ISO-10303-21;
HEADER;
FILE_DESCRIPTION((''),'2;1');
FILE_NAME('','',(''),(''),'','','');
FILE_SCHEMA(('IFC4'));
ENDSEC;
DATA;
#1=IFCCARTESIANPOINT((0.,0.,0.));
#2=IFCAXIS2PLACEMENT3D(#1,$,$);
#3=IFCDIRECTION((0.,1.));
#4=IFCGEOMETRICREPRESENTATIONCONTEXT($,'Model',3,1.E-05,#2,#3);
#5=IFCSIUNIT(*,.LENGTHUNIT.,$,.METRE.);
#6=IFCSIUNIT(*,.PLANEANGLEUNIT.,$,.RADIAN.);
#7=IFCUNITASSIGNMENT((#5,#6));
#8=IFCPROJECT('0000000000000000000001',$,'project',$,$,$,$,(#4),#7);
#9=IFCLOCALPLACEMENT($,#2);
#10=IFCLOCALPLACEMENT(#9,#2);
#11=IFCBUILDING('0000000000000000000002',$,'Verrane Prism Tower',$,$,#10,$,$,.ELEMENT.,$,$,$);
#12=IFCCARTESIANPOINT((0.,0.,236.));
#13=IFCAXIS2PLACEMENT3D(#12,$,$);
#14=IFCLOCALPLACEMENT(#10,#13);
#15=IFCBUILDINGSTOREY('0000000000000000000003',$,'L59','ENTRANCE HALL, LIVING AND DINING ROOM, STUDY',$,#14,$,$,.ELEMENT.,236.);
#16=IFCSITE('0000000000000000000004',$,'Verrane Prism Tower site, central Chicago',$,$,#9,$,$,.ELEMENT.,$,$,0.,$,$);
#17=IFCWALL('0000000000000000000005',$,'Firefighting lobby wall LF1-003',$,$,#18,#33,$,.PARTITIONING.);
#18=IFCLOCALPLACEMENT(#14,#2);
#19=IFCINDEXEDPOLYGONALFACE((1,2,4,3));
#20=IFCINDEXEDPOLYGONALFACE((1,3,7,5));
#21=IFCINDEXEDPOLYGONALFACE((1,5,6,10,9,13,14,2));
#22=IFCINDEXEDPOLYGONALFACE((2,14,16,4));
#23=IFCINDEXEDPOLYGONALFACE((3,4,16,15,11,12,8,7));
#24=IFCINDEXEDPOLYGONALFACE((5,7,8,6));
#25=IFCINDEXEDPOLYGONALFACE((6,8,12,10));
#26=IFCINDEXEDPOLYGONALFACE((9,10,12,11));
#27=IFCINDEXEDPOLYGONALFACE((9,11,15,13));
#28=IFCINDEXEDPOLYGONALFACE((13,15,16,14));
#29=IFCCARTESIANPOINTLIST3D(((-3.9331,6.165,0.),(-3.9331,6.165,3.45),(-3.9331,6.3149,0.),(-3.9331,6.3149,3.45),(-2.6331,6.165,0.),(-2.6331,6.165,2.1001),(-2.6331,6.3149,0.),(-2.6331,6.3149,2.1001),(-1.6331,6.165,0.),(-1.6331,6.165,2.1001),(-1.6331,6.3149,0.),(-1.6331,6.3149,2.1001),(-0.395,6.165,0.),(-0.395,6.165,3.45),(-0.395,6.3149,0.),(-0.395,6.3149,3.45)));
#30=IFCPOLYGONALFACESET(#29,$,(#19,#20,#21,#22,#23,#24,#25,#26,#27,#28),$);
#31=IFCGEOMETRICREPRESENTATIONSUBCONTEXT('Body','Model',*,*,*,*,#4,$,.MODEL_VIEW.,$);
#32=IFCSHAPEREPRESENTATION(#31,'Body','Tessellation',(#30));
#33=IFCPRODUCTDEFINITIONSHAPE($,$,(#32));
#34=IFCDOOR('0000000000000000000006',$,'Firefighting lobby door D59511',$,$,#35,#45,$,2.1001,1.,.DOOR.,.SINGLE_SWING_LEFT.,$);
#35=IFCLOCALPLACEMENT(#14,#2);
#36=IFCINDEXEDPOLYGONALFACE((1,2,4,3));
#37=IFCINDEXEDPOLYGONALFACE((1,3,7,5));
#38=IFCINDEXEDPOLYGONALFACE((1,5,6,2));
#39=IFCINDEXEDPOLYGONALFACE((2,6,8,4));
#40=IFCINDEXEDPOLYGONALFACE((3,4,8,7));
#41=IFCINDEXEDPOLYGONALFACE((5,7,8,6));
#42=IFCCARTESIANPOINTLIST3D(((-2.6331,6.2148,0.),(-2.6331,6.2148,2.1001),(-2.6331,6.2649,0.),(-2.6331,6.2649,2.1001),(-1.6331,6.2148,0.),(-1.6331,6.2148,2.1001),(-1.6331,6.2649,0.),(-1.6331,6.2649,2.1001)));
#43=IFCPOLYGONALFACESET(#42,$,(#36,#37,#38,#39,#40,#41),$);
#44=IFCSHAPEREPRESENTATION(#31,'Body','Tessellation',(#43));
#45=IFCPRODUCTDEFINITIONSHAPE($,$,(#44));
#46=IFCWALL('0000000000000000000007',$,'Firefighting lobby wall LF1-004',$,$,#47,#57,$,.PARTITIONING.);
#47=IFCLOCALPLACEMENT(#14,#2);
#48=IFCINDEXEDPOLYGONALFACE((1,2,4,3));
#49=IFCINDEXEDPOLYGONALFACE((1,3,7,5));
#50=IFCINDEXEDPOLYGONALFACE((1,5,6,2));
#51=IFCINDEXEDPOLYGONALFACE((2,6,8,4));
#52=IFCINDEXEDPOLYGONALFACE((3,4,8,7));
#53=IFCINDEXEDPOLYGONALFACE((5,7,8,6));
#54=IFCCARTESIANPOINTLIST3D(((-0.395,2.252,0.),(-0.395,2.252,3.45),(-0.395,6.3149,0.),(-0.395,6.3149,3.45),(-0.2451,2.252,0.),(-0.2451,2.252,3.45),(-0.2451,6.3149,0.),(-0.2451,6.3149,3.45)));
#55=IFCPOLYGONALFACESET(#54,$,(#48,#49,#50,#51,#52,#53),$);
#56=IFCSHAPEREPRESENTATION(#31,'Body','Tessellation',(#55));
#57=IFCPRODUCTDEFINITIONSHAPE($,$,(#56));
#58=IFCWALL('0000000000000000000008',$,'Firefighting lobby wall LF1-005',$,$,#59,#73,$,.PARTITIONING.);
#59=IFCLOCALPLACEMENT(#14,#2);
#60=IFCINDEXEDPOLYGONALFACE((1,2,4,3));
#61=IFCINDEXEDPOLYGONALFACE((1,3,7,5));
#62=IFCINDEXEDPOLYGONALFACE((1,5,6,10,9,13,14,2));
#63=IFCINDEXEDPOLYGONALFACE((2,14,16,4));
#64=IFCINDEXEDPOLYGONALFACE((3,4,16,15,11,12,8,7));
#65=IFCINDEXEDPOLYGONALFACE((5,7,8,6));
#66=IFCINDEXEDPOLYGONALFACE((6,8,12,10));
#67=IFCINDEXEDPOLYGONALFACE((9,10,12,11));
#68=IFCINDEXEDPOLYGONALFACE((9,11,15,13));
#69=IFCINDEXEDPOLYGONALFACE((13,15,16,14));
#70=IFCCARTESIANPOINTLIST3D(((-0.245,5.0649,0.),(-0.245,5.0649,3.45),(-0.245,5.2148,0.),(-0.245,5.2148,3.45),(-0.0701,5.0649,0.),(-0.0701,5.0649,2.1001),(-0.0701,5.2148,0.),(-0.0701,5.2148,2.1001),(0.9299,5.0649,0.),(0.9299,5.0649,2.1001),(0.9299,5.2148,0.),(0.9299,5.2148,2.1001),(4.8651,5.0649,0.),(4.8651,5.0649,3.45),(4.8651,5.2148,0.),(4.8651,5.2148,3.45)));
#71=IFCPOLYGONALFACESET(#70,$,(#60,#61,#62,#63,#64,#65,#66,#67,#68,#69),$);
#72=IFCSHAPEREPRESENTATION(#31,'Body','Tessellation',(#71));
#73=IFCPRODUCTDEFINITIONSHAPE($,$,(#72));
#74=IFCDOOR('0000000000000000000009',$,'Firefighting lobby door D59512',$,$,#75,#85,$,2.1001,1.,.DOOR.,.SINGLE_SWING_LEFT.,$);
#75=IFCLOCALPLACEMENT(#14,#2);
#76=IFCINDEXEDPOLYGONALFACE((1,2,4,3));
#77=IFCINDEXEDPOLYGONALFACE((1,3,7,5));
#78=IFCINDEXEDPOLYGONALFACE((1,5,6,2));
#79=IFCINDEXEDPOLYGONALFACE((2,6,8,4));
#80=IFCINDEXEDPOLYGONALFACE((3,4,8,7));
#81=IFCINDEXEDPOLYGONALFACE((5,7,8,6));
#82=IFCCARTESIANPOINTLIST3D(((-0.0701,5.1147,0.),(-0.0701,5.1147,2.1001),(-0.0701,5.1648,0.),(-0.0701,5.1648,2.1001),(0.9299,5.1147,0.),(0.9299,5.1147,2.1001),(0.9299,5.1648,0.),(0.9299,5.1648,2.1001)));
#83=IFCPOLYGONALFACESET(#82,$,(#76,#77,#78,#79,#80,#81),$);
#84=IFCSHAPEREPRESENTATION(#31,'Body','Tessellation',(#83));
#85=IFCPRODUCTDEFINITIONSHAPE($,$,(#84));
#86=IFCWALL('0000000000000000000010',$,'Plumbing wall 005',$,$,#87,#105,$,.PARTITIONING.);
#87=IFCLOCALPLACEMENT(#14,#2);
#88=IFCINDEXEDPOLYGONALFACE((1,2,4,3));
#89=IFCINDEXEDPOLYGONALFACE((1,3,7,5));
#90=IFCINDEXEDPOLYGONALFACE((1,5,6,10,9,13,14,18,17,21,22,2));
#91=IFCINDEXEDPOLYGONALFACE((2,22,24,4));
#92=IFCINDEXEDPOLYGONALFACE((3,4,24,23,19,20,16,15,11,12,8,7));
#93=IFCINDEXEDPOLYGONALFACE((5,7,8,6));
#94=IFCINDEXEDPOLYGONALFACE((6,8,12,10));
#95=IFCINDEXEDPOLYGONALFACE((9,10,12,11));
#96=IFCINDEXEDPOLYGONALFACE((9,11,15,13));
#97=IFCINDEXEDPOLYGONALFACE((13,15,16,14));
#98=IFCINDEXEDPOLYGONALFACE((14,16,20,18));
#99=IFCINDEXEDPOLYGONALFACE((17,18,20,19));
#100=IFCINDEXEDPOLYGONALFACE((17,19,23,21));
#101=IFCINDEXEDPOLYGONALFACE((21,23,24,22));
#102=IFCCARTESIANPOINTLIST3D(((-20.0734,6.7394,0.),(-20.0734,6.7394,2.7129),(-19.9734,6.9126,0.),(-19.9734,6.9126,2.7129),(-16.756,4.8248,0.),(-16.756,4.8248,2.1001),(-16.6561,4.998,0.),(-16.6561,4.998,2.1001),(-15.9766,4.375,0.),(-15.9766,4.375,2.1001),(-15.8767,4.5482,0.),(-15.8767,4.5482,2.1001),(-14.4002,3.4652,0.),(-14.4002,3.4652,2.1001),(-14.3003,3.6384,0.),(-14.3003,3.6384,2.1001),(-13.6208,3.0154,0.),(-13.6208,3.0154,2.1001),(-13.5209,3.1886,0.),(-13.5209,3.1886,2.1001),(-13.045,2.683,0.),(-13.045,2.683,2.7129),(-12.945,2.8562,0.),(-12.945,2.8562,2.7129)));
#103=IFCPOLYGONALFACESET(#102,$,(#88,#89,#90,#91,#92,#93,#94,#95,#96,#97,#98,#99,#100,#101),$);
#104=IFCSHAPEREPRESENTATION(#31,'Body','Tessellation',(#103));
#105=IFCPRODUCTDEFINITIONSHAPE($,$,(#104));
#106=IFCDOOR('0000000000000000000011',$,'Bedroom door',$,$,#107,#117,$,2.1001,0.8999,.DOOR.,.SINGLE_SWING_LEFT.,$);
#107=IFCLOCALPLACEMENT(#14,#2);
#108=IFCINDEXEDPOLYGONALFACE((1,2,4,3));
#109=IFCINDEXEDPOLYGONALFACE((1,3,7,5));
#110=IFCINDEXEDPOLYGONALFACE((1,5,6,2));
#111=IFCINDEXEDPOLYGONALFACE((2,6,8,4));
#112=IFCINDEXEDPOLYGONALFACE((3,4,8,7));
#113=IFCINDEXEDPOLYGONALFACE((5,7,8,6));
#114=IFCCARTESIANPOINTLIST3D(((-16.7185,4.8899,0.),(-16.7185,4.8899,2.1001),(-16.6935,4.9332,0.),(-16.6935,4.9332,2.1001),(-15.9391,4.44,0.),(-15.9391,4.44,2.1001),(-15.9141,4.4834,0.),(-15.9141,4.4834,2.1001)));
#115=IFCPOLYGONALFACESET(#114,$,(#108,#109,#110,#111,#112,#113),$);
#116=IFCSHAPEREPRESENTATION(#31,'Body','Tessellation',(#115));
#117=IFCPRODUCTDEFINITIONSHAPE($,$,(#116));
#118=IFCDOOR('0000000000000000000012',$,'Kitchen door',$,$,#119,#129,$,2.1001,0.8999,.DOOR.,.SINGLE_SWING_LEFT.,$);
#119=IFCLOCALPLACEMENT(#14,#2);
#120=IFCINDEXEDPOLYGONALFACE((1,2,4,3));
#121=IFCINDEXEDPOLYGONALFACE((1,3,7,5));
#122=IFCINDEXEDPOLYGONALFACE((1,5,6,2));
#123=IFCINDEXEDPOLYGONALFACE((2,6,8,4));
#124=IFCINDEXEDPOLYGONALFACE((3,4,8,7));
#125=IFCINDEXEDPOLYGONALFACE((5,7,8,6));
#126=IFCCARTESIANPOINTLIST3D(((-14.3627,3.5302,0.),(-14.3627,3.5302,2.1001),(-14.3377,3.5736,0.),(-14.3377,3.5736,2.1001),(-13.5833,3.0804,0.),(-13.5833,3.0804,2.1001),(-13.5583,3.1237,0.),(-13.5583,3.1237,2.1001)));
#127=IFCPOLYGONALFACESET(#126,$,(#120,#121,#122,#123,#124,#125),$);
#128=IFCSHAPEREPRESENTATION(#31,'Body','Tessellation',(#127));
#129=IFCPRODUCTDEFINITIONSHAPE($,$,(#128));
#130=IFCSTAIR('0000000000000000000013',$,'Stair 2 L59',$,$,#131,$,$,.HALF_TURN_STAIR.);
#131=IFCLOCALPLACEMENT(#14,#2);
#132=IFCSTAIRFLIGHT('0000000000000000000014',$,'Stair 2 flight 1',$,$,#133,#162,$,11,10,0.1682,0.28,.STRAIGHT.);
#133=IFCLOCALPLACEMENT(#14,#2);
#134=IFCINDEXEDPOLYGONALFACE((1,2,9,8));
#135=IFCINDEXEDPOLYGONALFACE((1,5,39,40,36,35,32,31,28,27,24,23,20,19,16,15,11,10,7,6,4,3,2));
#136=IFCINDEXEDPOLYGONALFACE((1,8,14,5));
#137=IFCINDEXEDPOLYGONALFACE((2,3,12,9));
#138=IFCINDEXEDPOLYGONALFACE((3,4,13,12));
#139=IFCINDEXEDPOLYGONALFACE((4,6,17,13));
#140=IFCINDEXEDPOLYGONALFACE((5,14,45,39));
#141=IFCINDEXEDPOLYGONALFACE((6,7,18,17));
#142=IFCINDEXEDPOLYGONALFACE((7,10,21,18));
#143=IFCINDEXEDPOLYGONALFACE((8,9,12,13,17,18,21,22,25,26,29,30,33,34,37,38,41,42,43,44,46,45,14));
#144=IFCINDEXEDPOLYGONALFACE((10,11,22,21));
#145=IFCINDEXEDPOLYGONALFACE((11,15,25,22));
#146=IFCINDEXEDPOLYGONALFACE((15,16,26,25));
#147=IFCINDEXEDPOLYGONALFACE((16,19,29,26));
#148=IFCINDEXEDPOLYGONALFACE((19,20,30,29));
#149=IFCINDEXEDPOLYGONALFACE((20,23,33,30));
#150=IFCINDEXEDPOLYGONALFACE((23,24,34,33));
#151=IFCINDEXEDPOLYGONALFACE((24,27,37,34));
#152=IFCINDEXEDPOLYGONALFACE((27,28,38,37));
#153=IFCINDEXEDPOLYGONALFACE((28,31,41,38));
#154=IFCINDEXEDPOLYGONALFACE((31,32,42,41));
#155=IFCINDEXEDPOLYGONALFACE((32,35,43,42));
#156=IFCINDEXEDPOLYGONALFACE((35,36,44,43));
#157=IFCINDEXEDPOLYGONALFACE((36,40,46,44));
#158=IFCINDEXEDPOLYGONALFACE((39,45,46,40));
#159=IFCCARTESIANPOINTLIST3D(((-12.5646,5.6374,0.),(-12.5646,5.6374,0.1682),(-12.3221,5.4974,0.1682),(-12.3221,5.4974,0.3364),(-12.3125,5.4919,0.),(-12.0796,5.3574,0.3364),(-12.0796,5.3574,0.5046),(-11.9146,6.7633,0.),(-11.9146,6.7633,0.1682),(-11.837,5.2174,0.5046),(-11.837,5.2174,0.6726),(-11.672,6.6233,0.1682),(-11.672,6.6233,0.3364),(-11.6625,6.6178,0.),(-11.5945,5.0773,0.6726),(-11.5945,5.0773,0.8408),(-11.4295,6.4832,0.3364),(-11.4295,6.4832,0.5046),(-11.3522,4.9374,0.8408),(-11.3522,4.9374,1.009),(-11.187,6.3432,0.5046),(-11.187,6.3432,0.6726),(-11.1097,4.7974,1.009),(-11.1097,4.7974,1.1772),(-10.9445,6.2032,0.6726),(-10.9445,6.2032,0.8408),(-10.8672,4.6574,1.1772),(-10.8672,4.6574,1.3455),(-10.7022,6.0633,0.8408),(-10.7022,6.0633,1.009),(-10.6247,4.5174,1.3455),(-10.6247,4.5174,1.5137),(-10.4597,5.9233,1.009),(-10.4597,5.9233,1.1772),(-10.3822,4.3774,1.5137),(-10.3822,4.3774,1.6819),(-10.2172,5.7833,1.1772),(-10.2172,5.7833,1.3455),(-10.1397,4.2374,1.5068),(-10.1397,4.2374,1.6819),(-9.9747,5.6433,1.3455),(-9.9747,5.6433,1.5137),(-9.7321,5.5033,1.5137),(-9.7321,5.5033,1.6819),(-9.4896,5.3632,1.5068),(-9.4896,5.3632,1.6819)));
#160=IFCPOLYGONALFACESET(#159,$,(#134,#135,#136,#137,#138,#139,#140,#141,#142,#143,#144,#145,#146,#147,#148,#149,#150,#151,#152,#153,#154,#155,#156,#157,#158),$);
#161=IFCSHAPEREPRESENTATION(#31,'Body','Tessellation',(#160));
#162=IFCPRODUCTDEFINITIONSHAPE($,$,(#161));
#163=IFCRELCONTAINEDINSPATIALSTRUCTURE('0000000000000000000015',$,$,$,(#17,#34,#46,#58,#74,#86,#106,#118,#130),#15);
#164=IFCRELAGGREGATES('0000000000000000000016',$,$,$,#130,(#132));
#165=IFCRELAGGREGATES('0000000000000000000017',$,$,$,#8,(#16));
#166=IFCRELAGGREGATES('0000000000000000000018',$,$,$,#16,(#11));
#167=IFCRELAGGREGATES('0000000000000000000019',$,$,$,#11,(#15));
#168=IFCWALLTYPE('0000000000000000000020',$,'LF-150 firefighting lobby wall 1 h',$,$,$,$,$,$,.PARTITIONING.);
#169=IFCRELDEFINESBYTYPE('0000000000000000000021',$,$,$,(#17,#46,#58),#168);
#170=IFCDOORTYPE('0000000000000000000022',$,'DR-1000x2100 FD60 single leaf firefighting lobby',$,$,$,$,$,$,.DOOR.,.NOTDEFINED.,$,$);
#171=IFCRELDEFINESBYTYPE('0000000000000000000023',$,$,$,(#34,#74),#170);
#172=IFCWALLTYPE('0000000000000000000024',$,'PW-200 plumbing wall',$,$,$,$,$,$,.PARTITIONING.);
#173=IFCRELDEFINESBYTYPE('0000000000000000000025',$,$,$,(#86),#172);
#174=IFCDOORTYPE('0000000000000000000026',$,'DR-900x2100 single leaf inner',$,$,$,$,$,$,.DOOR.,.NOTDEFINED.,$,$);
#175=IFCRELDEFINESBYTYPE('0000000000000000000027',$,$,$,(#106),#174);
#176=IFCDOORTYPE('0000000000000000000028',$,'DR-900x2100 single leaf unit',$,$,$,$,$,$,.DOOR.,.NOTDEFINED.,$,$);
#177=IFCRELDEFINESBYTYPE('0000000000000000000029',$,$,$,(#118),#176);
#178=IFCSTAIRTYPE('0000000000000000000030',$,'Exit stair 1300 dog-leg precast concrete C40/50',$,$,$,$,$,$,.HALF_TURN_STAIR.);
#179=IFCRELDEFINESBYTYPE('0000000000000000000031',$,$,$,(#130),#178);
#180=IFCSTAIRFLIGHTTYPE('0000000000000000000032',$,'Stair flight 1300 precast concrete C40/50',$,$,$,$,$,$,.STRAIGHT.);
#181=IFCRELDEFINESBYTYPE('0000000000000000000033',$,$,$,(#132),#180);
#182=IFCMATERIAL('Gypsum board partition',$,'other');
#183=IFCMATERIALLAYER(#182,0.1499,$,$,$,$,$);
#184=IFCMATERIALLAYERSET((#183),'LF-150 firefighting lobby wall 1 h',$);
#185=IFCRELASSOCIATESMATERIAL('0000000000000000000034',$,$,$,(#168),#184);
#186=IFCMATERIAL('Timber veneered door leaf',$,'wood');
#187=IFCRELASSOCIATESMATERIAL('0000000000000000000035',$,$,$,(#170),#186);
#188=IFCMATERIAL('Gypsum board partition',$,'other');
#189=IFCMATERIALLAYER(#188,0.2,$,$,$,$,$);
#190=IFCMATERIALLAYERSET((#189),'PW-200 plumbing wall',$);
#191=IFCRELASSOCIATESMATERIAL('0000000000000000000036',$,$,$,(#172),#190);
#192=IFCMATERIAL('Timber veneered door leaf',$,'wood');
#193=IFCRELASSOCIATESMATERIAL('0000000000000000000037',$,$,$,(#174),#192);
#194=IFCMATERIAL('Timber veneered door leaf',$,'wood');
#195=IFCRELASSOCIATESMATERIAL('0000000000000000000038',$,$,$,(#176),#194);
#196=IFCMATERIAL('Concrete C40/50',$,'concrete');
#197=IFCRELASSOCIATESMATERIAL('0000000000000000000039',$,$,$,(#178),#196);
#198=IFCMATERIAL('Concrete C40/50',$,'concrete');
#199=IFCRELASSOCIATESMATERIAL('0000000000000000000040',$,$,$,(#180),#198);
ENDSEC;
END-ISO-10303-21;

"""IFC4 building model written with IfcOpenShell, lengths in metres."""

from ifc_helpers import new_model, si_unit, direction, frame, frame_2d, origin, place, context, subcontext, project, spatial, polyline, rectangle, outline, extrude, material, layer, layer_set, type_object, element, fill, aggregate, save


model = new_model("IFC4")

# Units and contexts
model_context = context("Model", 3, precision=1e-05, world=origin(), true_north=direction((0.0, 1.0)))
body_context = subcontext(model_context, "Body", "Model", "MODEL_VIEW")
ifc_project = project(units=[si_unit("LENGTHUNIT", "METRE"), si_unit("PLANEANGLEUNIT", "RADIAN")], contexts=[model_context])

# Site, building, storey
site_placement = place(None, origin())
site = spatial("IfcSite", under=ifc_project, at=site_placement, Name="Verrane Prism Tower site, central Chicago", CompositionType="ELEMENT", RefElevation=0.0)
building_placement = place(site_placement, origin())
building = spatial("IfcBuilding", under=site, at=building_placement, Name="Verrane Prism Tower", CompositionType="ELEMENT")
storey_placement = place(building_placement, frame((0.0, 0.0, 236.0)))
storey = spatial("IfcBuildingStorey", under=building, at=storey_placement, Name="L59", Description="ENTRANCE HALL, LIVING AND DINING ROOM, STUDY", CompositionType="ELEMENT", Elevation=236.0)

# Shared definitions
ifc_material_1 = material(Name="Gypsum board partition", Category="other")
ifc_layer_1 = layer(ifc_material_1, 0.1499)
ifc_layer_set_1 = layer_set([ifc_layer_1], Name="LF-150 firefighting lobby wall 1 h")
wall_type_1 = type_object("IfcWallType", Name="LF-150 firefighting lobby wall 1 h", PredefinedType="PARTITIONING", material=ifc_layer_set_1)

# Wall, opening, door
wall_1_placement = place(storey_placement, frame((-3.9331, 6.24, 0.0), z_axis=(0.0, 0.0, 1.0), x_axis=(1.0, 0.0, 0.0)))
wall_1 = element("IfcWall", 1, at=wall_1_placement, inside=storey, type_object=wall_type_1, Name="Firefighting lobby wall LF1-003", PredefinedType="PARTITIONING", context=body_context, shape_type="SweptSolid", body=[
    extrude(rectangle(XDim=3.5381, YDim=0.1499, at=frame_2d((1.769, 0.0))), origin(), (0.0, 0.0, 1.0), 3.45),
])
opening_1_placement = place(wall_1_placement, frame((1.3, 0.0, 0.0)))
opening_1 = element("IfcOpeningElement", 2, at=opening_1_placement, cuts=wall_1, PredefinedType="OPENING", context=body_context, shape_type="SweptSolid", body=[
    extrude(rectangle(XDim=1.0, YDim=2.1001, at=frame_2d((0.5, 1.05))), frame((0.0, 0.085, 0.0), z_axis=(0.0, -1.0, 0.0), x_axis=(1.0, 0.0, 0.0)), (0.0, 0.0, 1.0), 0.1699),
])
ifc_material_2 = material(Name="Timber veneered door leaf", Category="wood")
door_type_1 = type_object("IfcDoorType", Name="DR-1000x2100 FD60 single leaf firefighting lobby", OperationType="NOTDEFINED", PredefinedType="DOOR", material=ifc_material_2)
door_1_placement = place(opening_1_placement, origin())
door_1 = element("IfcDoor", 3, at=door_1_placement, inside=storey, type_object=door_type_1, Name="Firefighting lobby door D59511", OperationType="SINGLE_SWING_LEFT", OverallHeight=2.1001, OverallWidth=1.0, PredefinedType="DOOR", context=body_context, shape_type="SweptSolid", body=[
    extrude(rectangle(XDim=1.0, YDim=2.1001, at=frame_2d((0.5, 1.05))), frame((0.0, 0.0249, 0.0), z_axis=(0.0, -1.0, 0.0), x_axis=(1.0, 0.0, 0.0)), (0.0, 0.0, 1.0), 0.05),
])
fill(opening_1, door_1)

# Wall
wall_2_placement = place(storey_placement, frame((-0.3201, 2.252, 0.0), z_axis=(0.0, 0.0, 1.0), x_axis=(0.0, 1.0, 0.0)))
element("IfcWall", 4, at=wall_2_placement, inside=storey, type_object=wall_type_1, Name="Firefighting lobby wall LF1-004", PredefinedType="PARTITIONING", context=body_context, shape_type="SweptSolid", body=[
    extrude(rectangle(XDim=4.063, YDim=0.1499, at=frame_2d((2.0315, 0.0))), origin(), (0.0, 0.0, 1.0), 3.45),
])

# Wall, opening, door
wall_3_placement = place(storey_placement, frame((-0.2451, 5.1399, 0.0), z_axis=(0.0, 0.0, 1.0), x_axis=(1.0, 0.0, 0.0)))
wall_3 = element("IfcWall", 5, at=wall_3_placement, inside=storey, type_object=wall_type_1, Name="Firefighting lobby wall LF1-005", PredefinedType="PARTITIONING", context=body_context, shape_type="SweptSolid", body=[
    extrude(rectangle(XDim=5.1101, YDim=0.1499, at=frame_2d((2.5552, 0.0))), origin(), (0.0, 0.0, 1.0), 3.45),
])
opening_2_placement = place(wall_3_placement, frame((0.175, 0.0, 0.0)))
opening_2 = element("IfcOpeningElement", 6, at=opening_2_placement, cuts=wall_3, PredefinedType="OPENING", context=body_context, shape_type="SweptSolid", body=[
    extrude(rectangle(XDim=1.0, YDim=2.1001, at=frame_2d((0.5, 1.05))), frame((0.0, 0.085, 0.0), z_axis=(0.0, -1.0, 0.0), x_axis=(1.0, 0.0, 0.0)), (0.0, 0.0, 1.0), 0.1699),
])
door_2_placement = place(opening_2_placement, origin())
door_2 = element("IfcDoor", 7, at=door_2_placement, inside=storey, type_object=door_type_1, Name="Firefighting lobby door D59512", OperationType="SINGLE_SWING_LEFT", OverallHeight=2.1001, OverallWidth=1.0, PredefinedType="DOOR", context=body_context, shape_type="SweptSolid", body=[
    extrude(rectangle(XDim=1.0, YDim=2.1001, at=frame_2d((0.5, 1.05))), frame((0.0, 0.0249, 0.0), z_axis=(0.0, -1.0, 0.0), x_axis=(1.0, 0.0, 0.0)), (0.0, 0.0, 1.0), 0.05),
])
fill(opening_2, door_2)

# Wall, openings, doors
ifc_material_3 = material(Name="Gypsum board partition", Category="other")
ifc_layer_2 = layer(ifc_material_3, 0.2)
ifc_layer_set_2 = layer_set([ifc_layer_2], Name="PW-200 plumbing wall")
wall_type_2 = type_object("IfcWallType", Name="PW-200 plumbing wall", PredefinedType="PARTITIONING", material=ifc_layer_set_2)
wall_4_placement = place(storey_placement, frame((-12.9949, 2.7695, 0.0), z_axis=(0.0, 0.0, 1.0), x_axis=(-0.8661, 0.49987, 0.0)))
wall_4 = element("IfcWall", 8, at=wall_4_placement, inside=storey, type_object=wall_type_2, Name="Plumbing wall 005", PredefinedType="PARTITIONING", context=body_context, shape_type="SweptSolid", body=[
    extrude(rectangle(XDim=8.115, YDim=0.2, at=frame_2d((4.0576, 0.0))), origin(), (0.0, 0.0, 1.0), 2.7129),
])
opening_3_placement = place(wall_4_placement, frame((3.385, 0.0, 0.0)))
opening_3 = element("IfcOpeningElement", 9, at=opening_3_placement, cuts=wall_4, PredefinedType="OPENING", context=body_context, shape_type="SweptSolid", body=[
    extrude(rectangle(XDim=0.8999, YDim=2.1001, at=frame_2d((0.45, 1.05))), frame((0.0, 0.1099, 0.0), z_axis=(0.0, -1.0, 0.0), x_axis=(1.0, 0.0, 0.0)), (0.0, 0.0, 1.0), 0.22),
])
opening_4_placement = place(wall_4_placement, frame((0.665, 0.0, 0.0)))
opening_4 = element("IfcOpeningElement", 10, at=opening_4_placement, cuts=wall_4, PredefinedType="OPENING", context=body_context, shape_type="SweptSolid", body=[
    extrude(rectangle(XDim=0.8999, YDim=2.1001, at=frame_2d((0.45, 1.05))), frame((0.0, 0.1099, 0.0), z_axis=(0.0, -1.0, 0.0), x_axis=(1.0, 0.0, 0.0)), (0.0, 0.0, 1.0), 0.22),
])
ifc_material_4 = material(Name="Timber veneered door leaf", Category="wood")
door_type_2 = type_object("IfcDoorType", Name="DR-900x2100 single leaf inner", OperationType="NOTDEFINED", PredefinedType="DOOR", material=ifc_material_4)
door_3_placement = place(opening_3_placement, origin())
door_3 = element("IfcDoor", 11, at=door_3_placement, inside=storey, type_object=door_type_2, Name="Bedroom door", OperationType="SINGLE_SWING_LEFT", OverallHeight=2.1001, OverallWidth=0.8999, PredefinedType="DOOR", context=body_context, shape_type="SweptSolid", body=[
    extrude(rectangle(XDim=0.8999, YDim=2.1001, at=frame_2d((0.45, 1.05))), frame((0.0, 0.0249, 0.0), z_axis=(0.0, -1.0, 0.0), x_axis=(1.0, 0.0, 0.0)), (0.0, 0.0, 1.0), 0.05),
])
fill(opening_3, door_3)
ifc_material_5 = material(Name="Timber veneered door leaf", Category="wood")
door_type_3 = type_object("IfcDoorType", Name="DR-900x2100 single leaf unit", OperationType="NOTDEFINED", PredefinedType="DOOR", material=ifc_material_5)
door_4_placement = place(opening_4_placement, origin())
door_4 = element("IfcDoor", 12, at=door_4_placement, inside=storey, type_object=door_type_3, Name="Kitchen door", OperationType="SINGLE_SWING_LEFT", OverallHeight=2.1001, OverallWidth=0.8999, PredefinedType="DOOR", context=body_context, shape_type="SweptSolid", body=[
    extrude(rectangle(XDim=0.8999, YDim=2.1001, at=frame_2d((0.45, 1.05))), frame((0.0, 0.0249, 0.0), z_axis=(0.0, -1.0, 0.0), x_axis=(1.0, 0.0, 0.0)), (0.0, 0.0, 1.0), 0.05),
])
fill(opening_4, door_4)

# Stair, stair flight
ifc_material_6 = material(Name="Concrete C40/50", Category="concrete")
stair_type = type_object("IfcStairType", Name="Exit stair 1300 dog-leg precast concrete C40/50", PredefinedType="HALF_TURN_STAIR", material=ifc_material_6)
stair_placement = place(storey_placement, origin())
stair = element("IfcStair", 13, at=stair_placement, inside=storey, type_object=stair_type, Name="Stair 2 L59", PredefinedType="HALF_TURN_STAIR")
ifc_material_7 = material(Name="Concrete C40/50", Category="concrete")
stair_flight_type = type_object("IfcStairFlightType", Name="Stair flight 1300 precast concrete C40/50", PredefinedType="STRAIGHT", material=ifc_material_7)
stair_flight_1_placement = place(storey_placement, frame((-12.2395, 6.2004, 0.0), z_axis=(0.0, 0.0, 1.0), x_axis=(0.866025, -0.5, 0.0)))
stair_flight_1 = element("IfcStairFlight", 14, at=stair_flight_1_placement, type_object=stair_flight_type, Name="Stair 2 flight 1", NumberOfRisers=11, NumberOfTreads=10, PredefinedType="STRAIGHT", RiserHeight=0.1682, TreadLength=0.28, context=body_context, shape_type="SweptSolid", body=[
    extrude(outline(polyline([(0.0, 0.0), (0.0, 0.1682), (0.28, 0.1682), (0.28, 0.3364), (0.5601, 0.3364), (0.5601, 0.5046), (0.8401, 0.5046), (0.8401, 0.6726), (1.1201, 0.6726), (1.1201, 0.8408), (1.3999, 0.8408), (1.3999, 1.009), (1.6799, 1.009), (1.6799, 1.1772), (1.96, 1.1772), (1.96, 1.3455), (2.24, 1.3455), (2.24, 1.5137), (2.52, 1.5137), (2.52, 1.6819), (2.8, 1.6819), (2.8, 1.8501), (2.8, 1.5068), (0.291, 0.0), (0.0, 0.0)])), frame((0.0, 0.6499, 0.0), z_axis=(0.0, -1.0, 0.0), x_axis=(1.0, 0.0, 0.0)), (0.0, 0.0, 1.0), 1.3),
])
aggregate(stair, [stair_flight_1])

save(model, "model.ifc")
